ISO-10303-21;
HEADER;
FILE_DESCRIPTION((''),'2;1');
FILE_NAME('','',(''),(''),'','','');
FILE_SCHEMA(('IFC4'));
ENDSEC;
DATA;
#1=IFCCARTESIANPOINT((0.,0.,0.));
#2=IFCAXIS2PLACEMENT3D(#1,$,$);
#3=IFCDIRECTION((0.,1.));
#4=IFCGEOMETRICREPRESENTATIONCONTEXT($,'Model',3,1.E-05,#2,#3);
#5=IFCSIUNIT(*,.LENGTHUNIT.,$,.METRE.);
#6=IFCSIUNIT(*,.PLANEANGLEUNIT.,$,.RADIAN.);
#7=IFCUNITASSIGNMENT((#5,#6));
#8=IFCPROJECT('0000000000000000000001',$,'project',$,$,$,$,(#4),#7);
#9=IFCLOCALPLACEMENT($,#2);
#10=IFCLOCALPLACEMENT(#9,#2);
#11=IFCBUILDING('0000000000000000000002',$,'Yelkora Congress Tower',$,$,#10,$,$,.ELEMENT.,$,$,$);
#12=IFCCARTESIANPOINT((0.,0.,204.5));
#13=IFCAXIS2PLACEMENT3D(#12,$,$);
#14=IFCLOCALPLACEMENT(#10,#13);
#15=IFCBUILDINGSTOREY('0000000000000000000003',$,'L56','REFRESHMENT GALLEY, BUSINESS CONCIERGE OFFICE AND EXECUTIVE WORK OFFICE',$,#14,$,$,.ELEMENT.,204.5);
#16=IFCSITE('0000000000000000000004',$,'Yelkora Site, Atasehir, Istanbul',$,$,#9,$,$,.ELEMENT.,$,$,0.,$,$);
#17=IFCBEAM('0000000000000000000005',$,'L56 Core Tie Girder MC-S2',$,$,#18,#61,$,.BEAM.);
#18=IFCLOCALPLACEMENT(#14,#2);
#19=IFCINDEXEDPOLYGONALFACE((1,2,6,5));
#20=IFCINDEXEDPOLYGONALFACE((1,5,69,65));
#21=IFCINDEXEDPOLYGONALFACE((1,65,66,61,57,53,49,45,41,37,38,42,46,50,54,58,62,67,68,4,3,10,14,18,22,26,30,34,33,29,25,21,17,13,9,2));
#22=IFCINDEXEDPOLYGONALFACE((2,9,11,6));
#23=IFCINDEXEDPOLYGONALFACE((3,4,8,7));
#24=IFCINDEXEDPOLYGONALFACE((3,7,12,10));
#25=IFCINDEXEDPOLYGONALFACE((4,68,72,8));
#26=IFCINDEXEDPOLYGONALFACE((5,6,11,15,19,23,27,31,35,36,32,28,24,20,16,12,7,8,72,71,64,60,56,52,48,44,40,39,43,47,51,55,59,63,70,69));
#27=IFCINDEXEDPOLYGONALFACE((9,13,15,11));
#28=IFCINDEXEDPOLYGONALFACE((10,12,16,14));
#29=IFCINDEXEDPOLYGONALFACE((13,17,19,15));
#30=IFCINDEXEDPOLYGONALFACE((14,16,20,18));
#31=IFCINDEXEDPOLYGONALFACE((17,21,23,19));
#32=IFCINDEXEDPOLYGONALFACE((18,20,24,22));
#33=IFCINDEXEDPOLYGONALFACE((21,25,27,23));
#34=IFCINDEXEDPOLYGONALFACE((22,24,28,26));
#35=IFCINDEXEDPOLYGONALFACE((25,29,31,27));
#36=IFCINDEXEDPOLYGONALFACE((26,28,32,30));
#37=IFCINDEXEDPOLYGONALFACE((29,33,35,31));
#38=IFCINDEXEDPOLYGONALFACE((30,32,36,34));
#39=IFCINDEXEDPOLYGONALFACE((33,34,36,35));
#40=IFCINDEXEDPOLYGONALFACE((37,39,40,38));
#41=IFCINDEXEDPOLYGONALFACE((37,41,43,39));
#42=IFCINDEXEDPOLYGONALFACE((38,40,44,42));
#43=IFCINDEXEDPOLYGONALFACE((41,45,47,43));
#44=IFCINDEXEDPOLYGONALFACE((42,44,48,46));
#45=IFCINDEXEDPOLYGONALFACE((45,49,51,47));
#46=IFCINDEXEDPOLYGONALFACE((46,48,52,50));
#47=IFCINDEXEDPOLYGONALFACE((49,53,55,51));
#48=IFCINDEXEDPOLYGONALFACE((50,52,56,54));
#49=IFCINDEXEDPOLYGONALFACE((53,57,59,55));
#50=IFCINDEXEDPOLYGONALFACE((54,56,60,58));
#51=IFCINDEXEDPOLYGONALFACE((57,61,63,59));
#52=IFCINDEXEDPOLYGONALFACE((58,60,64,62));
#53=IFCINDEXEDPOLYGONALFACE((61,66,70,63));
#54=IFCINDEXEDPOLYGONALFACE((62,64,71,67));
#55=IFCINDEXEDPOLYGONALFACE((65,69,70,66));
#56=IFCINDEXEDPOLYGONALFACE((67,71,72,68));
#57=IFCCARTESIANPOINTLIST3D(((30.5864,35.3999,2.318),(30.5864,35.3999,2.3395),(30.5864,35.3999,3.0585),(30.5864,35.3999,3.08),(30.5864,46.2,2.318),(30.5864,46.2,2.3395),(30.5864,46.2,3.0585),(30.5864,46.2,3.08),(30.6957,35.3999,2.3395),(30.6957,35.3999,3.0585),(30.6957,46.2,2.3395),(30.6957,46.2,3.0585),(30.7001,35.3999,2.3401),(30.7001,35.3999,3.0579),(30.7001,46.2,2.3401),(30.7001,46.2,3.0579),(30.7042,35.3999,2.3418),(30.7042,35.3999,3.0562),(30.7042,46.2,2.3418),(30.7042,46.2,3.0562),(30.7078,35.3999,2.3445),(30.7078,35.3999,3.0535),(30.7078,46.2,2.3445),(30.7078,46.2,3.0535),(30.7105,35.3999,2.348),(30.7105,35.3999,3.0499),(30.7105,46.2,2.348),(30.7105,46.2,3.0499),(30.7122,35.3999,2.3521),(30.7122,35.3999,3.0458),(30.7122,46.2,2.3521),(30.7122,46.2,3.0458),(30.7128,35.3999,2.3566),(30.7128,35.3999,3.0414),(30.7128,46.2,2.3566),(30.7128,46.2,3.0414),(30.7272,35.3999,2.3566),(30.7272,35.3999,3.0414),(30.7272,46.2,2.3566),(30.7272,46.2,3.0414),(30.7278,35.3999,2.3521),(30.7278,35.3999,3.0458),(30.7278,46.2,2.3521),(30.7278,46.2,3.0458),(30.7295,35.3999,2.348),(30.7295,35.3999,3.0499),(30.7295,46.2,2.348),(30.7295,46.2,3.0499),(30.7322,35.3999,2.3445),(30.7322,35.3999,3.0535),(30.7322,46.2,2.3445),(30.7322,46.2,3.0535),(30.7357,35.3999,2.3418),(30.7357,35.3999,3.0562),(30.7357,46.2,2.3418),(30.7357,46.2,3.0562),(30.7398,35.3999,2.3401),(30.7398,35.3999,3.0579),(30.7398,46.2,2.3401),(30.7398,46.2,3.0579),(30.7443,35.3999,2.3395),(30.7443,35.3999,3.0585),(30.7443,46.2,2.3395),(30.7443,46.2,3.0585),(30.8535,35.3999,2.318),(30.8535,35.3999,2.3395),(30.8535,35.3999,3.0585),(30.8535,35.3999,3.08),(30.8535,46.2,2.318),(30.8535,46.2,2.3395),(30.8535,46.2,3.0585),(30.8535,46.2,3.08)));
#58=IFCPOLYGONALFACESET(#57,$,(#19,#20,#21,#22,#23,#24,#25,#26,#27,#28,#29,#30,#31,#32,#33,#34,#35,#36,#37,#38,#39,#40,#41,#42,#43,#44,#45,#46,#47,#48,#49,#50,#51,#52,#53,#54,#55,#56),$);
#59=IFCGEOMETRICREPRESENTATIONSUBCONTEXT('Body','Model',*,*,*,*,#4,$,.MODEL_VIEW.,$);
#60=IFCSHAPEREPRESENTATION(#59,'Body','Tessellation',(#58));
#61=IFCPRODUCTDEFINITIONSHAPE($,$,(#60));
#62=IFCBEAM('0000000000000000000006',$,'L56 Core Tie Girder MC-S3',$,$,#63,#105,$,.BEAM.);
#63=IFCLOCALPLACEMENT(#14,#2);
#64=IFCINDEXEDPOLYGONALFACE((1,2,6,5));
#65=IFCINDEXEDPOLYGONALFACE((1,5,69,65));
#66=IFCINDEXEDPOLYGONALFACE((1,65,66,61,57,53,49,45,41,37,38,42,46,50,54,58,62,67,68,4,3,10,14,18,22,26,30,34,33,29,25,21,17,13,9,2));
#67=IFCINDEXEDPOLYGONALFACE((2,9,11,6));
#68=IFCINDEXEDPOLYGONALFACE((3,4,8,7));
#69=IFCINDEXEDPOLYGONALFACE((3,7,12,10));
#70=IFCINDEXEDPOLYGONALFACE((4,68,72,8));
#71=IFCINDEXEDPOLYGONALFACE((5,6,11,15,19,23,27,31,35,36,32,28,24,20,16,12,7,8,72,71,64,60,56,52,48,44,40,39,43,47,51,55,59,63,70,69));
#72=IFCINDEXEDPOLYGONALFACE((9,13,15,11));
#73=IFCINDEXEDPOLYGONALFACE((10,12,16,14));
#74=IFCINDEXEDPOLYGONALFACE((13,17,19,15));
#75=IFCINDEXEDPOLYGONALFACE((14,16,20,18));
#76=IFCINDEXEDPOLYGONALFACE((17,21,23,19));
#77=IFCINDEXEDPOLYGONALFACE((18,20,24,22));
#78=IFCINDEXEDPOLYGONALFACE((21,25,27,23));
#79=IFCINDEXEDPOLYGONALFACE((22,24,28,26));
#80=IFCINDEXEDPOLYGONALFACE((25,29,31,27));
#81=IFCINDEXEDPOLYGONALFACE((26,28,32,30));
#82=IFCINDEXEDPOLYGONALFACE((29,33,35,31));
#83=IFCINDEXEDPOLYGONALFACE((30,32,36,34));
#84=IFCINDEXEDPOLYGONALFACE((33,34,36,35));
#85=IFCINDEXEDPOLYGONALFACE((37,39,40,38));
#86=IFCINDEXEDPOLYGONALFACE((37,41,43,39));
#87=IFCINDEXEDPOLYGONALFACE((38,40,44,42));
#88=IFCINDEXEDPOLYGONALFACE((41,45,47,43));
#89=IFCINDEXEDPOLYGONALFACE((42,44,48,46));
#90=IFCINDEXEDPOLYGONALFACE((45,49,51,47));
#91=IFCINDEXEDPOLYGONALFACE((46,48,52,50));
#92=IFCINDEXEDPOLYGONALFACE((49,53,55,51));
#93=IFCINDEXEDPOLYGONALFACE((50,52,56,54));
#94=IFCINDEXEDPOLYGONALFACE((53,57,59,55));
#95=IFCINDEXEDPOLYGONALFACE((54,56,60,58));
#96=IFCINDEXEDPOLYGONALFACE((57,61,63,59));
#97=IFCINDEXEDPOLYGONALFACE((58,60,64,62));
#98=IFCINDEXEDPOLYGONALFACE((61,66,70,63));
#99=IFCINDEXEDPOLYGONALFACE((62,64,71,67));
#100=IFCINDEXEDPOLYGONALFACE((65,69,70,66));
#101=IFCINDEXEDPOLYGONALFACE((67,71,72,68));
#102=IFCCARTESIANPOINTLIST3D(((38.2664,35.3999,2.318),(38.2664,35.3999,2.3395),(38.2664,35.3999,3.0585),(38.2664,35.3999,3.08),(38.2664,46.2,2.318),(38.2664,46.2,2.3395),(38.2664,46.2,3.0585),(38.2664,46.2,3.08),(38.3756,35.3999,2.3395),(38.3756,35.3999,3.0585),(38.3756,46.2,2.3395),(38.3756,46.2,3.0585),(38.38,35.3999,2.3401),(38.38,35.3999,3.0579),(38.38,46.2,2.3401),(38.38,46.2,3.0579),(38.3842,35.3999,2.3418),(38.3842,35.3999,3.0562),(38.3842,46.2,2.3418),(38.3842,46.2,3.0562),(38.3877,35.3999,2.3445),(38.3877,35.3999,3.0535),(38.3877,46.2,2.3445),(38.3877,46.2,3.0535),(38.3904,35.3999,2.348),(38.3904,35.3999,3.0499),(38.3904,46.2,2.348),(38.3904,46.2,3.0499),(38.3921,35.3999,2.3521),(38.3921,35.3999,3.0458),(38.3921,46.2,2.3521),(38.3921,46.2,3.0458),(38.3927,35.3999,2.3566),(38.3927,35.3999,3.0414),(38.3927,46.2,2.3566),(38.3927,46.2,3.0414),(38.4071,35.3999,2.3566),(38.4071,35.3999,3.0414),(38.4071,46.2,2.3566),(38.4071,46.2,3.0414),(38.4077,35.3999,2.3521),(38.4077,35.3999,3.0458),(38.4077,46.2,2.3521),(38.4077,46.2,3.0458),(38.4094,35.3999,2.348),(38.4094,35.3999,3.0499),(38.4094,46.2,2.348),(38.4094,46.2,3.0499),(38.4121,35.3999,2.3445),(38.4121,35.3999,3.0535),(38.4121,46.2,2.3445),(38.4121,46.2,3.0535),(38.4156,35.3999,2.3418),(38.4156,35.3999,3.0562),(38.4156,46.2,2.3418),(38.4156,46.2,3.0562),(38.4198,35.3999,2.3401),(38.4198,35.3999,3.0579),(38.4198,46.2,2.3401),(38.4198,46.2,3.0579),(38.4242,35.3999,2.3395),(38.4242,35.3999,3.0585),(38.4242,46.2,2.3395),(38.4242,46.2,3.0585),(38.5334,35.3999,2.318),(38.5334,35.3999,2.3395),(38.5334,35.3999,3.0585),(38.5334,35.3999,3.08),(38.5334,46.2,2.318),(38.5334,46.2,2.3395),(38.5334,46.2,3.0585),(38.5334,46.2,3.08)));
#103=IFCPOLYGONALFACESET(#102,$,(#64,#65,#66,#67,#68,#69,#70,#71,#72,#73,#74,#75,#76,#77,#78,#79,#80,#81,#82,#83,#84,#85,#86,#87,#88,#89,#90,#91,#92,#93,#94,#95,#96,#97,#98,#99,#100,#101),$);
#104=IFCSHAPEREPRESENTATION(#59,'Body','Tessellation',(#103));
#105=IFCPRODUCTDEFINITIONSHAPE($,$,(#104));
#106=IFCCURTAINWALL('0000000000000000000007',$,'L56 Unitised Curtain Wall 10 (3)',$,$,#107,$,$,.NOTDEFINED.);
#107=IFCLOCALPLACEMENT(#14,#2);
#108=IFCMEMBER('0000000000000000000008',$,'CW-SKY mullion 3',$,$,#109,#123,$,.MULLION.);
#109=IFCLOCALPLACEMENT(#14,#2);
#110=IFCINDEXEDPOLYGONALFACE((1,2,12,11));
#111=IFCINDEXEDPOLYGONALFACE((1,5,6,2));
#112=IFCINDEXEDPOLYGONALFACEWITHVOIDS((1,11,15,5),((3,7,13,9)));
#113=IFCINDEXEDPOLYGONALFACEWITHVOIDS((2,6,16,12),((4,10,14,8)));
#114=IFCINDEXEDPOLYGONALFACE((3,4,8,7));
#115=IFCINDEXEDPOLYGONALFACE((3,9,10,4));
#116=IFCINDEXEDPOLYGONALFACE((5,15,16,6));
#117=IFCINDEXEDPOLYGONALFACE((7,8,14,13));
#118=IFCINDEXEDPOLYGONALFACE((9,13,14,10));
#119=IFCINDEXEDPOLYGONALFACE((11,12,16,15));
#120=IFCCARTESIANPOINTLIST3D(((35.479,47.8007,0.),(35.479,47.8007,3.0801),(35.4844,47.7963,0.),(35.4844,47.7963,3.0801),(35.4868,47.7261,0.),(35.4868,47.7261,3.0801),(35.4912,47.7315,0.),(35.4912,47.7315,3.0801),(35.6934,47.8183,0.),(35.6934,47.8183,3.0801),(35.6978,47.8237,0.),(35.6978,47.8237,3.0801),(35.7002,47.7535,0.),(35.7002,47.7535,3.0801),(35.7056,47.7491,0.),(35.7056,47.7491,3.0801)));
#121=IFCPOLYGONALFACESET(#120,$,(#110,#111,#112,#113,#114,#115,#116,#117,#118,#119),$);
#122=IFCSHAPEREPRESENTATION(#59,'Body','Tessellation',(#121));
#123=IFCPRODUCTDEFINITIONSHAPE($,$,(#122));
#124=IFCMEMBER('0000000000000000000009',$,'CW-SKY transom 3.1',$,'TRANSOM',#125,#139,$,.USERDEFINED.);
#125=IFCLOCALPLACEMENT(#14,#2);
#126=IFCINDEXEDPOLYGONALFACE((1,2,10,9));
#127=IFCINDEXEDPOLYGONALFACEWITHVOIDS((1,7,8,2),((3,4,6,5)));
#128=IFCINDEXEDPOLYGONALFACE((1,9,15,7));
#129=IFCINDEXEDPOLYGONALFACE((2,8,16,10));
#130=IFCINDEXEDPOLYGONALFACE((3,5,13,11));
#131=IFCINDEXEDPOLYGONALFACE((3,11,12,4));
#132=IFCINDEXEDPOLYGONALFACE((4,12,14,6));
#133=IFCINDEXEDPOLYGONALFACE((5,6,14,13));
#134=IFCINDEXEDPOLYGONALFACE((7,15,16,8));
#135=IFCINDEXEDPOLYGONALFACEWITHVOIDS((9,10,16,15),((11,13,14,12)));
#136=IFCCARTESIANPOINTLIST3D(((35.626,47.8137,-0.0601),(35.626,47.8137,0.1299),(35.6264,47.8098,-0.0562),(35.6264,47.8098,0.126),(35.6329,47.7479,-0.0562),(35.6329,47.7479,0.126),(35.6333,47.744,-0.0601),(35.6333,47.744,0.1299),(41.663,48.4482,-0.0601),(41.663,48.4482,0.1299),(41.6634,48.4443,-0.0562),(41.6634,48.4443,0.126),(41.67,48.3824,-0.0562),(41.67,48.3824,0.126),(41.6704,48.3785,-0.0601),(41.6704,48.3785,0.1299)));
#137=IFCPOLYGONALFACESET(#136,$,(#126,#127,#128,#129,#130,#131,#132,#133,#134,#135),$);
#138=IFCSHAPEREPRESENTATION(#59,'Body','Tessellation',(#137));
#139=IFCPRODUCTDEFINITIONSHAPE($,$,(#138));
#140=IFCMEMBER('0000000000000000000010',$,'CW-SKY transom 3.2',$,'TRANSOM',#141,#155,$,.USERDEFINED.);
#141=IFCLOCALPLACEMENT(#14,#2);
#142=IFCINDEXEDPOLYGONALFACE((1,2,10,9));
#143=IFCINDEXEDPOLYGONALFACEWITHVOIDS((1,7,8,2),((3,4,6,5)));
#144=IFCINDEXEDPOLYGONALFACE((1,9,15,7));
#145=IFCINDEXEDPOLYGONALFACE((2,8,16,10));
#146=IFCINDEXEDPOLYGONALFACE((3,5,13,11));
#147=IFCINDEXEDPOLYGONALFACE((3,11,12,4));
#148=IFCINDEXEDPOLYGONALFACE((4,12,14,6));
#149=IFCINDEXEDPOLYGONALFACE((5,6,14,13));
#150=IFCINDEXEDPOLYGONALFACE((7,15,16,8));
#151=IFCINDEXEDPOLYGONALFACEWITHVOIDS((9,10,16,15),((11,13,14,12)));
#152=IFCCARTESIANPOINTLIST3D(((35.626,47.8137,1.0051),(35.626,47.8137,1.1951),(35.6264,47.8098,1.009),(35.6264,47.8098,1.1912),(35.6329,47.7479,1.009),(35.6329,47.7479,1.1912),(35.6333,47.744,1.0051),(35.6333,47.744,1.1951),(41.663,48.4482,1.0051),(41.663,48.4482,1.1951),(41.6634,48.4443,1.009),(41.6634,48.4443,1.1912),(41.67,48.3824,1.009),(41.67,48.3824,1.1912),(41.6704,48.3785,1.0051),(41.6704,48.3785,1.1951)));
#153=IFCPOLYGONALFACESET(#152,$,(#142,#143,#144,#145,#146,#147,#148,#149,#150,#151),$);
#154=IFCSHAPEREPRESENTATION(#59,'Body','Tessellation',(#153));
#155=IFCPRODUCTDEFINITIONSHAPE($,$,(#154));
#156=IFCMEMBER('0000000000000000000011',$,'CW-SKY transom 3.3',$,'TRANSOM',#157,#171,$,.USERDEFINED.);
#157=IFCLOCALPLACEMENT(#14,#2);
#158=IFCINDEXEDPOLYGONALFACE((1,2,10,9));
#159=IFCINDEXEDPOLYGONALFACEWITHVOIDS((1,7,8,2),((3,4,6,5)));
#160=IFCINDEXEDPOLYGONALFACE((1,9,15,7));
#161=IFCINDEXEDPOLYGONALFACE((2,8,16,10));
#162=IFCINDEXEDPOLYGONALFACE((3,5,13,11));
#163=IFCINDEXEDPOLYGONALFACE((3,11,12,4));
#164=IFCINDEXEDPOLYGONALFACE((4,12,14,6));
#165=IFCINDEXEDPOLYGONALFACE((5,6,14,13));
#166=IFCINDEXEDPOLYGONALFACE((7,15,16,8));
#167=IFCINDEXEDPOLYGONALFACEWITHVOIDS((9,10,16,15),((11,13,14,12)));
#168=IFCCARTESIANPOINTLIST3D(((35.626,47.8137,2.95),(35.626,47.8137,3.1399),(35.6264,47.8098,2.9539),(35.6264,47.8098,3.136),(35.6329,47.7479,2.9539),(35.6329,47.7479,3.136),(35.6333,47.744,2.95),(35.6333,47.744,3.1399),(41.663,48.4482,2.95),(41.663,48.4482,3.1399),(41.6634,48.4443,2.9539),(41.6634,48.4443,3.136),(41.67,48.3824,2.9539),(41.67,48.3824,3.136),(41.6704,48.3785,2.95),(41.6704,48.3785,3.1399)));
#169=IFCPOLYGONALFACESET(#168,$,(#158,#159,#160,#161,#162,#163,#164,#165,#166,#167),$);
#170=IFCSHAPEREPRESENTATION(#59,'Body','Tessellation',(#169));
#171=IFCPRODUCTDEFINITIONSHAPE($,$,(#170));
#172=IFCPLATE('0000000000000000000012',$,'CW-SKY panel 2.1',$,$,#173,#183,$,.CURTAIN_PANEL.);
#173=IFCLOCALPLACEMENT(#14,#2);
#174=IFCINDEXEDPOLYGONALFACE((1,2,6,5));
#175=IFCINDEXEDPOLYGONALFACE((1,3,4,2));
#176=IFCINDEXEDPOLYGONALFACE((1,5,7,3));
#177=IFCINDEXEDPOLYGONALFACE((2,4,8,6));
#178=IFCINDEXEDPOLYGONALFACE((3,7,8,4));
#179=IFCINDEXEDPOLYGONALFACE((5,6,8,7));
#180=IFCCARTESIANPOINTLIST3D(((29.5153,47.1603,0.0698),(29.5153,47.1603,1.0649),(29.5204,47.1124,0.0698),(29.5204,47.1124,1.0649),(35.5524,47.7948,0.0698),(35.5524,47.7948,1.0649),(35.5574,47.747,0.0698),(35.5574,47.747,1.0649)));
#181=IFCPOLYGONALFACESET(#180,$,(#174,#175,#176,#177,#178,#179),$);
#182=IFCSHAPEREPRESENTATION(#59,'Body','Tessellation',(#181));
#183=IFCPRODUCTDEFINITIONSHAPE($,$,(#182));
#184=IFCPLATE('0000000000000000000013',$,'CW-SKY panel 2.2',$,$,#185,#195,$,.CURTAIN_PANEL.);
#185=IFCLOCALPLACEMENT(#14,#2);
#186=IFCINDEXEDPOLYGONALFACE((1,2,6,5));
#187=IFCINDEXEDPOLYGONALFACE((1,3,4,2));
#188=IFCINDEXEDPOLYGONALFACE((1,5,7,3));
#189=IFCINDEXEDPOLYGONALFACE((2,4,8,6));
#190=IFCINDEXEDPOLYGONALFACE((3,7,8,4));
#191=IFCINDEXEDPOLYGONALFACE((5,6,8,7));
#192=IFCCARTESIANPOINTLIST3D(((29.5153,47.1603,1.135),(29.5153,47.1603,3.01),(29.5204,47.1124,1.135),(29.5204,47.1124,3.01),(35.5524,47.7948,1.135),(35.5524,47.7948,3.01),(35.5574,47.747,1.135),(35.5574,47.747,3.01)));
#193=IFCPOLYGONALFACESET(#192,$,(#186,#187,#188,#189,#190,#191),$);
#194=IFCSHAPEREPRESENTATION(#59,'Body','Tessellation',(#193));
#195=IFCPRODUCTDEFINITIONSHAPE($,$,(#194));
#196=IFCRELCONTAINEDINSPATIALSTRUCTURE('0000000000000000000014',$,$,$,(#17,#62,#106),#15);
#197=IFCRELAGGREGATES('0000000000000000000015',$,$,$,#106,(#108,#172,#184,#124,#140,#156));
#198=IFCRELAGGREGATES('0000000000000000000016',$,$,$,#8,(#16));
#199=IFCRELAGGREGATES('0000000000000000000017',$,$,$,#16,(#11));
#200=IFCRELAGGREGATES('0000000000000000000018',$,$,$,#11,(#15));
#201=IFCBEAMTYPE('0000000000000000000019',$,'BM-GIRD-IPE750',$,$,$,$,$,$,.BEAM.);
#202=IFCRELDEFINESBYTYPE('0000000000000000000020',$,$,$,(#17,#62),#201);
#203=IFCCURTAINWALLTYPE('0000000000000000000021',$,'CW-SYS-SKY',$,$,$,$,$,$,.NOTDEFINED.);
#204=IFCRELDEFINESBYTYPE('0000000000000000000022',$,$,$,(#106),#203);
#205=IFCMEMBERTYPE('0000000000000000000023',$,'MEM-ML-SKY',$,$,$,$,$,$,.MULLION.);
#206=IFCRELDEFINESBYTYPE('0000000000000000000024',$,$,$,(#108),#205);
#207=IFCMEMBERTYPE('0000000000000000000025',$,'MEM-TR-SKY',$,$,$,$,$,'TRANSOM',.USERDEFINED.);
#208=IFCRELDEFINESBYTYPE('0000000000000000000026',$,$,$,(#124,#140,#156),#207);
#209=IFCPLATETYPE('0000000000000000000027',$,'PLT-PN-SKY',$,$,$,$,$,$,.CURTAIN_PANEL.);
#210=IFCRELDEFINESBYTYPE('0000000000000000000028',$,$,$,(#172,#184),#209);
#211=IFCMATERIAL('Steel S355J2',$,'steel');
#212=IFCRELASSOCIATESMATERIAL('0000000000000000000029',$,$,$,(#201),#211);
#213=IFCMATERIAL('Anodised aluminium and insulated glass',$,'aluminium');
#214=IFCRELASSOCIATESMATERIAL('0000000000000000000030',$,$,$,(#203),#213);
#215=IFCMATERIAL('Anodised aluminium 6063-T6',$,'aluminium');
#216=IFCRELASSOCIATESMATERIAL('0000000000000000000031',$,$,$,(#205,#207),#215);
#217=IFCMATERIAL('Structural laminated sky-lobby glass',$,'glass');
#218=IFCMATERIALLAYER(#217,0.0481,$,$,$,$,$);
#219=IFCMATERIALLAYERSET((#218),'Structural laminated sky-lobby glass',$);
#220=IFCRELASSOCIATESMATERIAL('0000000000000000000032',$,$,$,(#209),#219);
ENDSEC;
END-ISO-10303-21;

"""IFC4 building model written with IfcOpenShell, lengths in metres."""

from ifc_helpers import new_model, si_unit, direction, frame, origin, origin_2d, place, context, subcontext, project, spatial, rectangle, hollow_rectangle, i_section, extrude, material, layer, layer_set, material_profile, profile_set, type_object, element, aggregate, save


model = new_model("IFC4")

# Units and contexts
model_context = context("Model", 3, precision=1e-05, world=origin(), true_north=direction((0.0, 1.0)))
body_context = subcontext(model_context, "Body", "Model", "MODEL_VIEW")
ifc_project = project(units=[si_unit("LENGTHUNIT", "METRE"), si_unit("PLANEANGLEUNIT", "RADIAN")], contexts=[model_context])

# Site, building, storey
site_placement = place(None, origin())
site = spatial("IfcSite", under=ifc_project, at=site_placement, Name="Yelkora Site, Atasehir, Istanbul", CompositionType="ELEMENT", RefElevation=0.0)
building_placement = place(site_placement, origin())
building = spatial("IfcBuilding", under=site, at=building_placement, Name="Yelkora Congress Tower", CompositionType="ELEMENT")
storey_placement = place(building_placement, frame((0.0, 0.0, 204.5)))
storey = spatial("IfcBuildingStorey", under=building, at=storey_placement, Name="L56", Description="REFRESHMENT GALLEY, BUSINESS CONCIERGE OFFICE AND EXECUTIVE WORK OFFICE", CompositionType="ELEMENT", Elevation=204.5)

# Beams
ifc_material_1 = material(Name="Steel S355J2", Category="steel")
ifc_material_profile_1 = material_profile(ifc_material_1, i_section(OverallWidth=0.2671, OverallDepth=0.762, WebThickness=0.0144, FlangeThickness=0.0215, FilletRadius=0.0171, at=origin_2d()), Name="IPE 750x173")
ifc_profile_set_1 = profile_set([ifc_material_profile_1], Name="Steel S355J2")
beam_type = type_object("IfcBeamType", Name="BM-GIRD-IPE750", PredefinedType="BEAM", material=ifc_profile_set_1)
for number, where, z_axis, x_axis, name in (
    (1, (30.72, 35.3999, 2.699), (0.0, 1.0, 0.0), (-1.0, 0.0, 0.0), "L56 Core Tie Girder MC-S2"),
    (2, (38.3999, 35.3999, 2.699), (0.0, 1.0, 0.0), (-1.0, 0.0, 0.0), "L56 Core Tie Girder MC-S3"),
):
    element("IfcBeam", number, at=place(storey_placement, frame(where, z_axis=z_axis, x_axis=x_axis)), inside=storey, type_object=beam_type, Name=name, PredefinedType="BEAM", context=body_context, shape_type="SweptSolid", body=[
        extrude(i_section(OverallWidth=0.2671, OverallDepth=0.762, WebThickness=0.0144, FlangeThickness=0.0215, FilletRadius=0.0171, at=origin_2d()), origin(), (0.0, 0.0, 1.0), 10.8),
    ])

# Curtain wall, members, plates
ifc_material_2 = material(Name="Anodised aluminium and insulated glass", Category="aluminium")
curtain_wall_type = type_object("IfcCurtainWallType", Name="CW-SYS-SKY", PredefinedType="NOTDEFINED", material=ifc_material_2)
curtain_wall_placement = place(storey_placement, origin())
curtain_wall = element("IfcCurtainWall", 3, at=curtain_wall_placement, inside=storey, type_object=curtain_wall_type, Name="L56 Unitised Curtain Wall 10 (3)", PredefinedType="NOTDEFINED")
ifc_material_3 = material(Name="Anodised aluminium 6063-T6", Category="aluminium")
ifc_material_profile_2 = material_profile(ifc_material_3, hollow_rectangle(XDim=0.075, YDim=0.22, WallThickness=0.0049, at=origin_2d()), Name="ALU 75x220x5")
ifc_profile_set_2 = profile_set([ifc_material_profile_2], Name="Anodised aluminium 6063-T6")
member_type_1 = type_object("IfcMemberType", Name="MEM-ML-SKY", PredefinedType="MULLION", material=ifc_profile_set_2)
member_1_placement = place(storey_placement, frame((35.5923, 47.7749, 0.0), z_axis=(0.0, 0.0, 1.0), x_axis=(-0.104528, 0.994522, 0.0)))
member_1 = element("IfcMember", 4, at=member_1_placement, type_object=member_type_1, Name="CW-SKY mullion 3", PredefinedType="MULLION", context=body_context, shape_type="SweptSolid", body=[
    extrude(hollow_rectangle(XDim=0.075, YDim=0.22, WallThickness=0.0049, at=origin_2d()), origin(), (0.0, 0.0, 1.0), 3.0801),
])
ifc_material_profile_3 = material_profile(ifc_material_3, hollow_rectangle(XDim=0.0701, YDim=0.1899, WallThickness=0.0039, at=origin_2d()), Name="ALU 70x190x4")
ifc_profile_set_3 = profile_set([ifc_material_profile_3], Name="Anodised aluminium 6063-T6")
member_type_2 = type_object("IfcMemberType", Name="MEM-TR-SKY", ElementType="TRANSOM", PredefinedType="USERDEFINED", material=ifc_profile_set_3)
member_2_placement = place(storey_placement, frame((35.6296, 47.7788, 0.0349), z_axis=(0.994522, 0.104528, 0.0), x_axis=(-0.104528, 0.994522, 0.0)))
member_2 = element("IfcMember", 5, at=member_2_placement, type_object=member_type_2, Name="CW-SKY transom 3.1", ObjectType="TRANSOM", PredefinedType="USERDEFINED", context=body_context, shape_type="SweptSolid", body=[
    extrude(hollow_rectangle(XDim=0.0701, YDim=0.1899, WallThickness=0.0039, at=origin_2d()), origin(), (0.0, 0.0, 1.0), 6.0703),
])
member_3_placement = place(storey_placement, frame((35.6296, 47.7788, 1.1001), z_axis=(0.994522, 0.104528, 0.0), x_axis=(-0.104528, 0.994522, 0.0)))
member_3 = element("IfcMember", 6, at=member_3_placement, type_object=member_type_2, Name="CW-SKY transom 3.2", ObjectType="TRANSOM", PredefinedType="USERDEFINED", context=body_context, shape_type="SweptSolid", body=[
    extrude(hollow_rectangle(XDim=0.0701, YDim=0.1899, WallThickness=0.0039, at=origin_2d()), origin(), (0.0, 0.0, 1.0), 6.0703),
])
member_4_placement = place(storey_placement, frame((35.6296, 47.7788, 3.0449), z_axis=(0.994522, 0.104528, 0.0), x_axis=(-0.104528, 0.994522, 0.0)))
member_4 = element("IfcMember", 7, at=member_4_placement, type_object=member_type_2, Name="CW-SKY transom 3.3", ObjectType="TRANSOM", PredefinedType="USERDEFINED", context=body_context, shape_type="SweptSolid", body=[
    extrude(hollow_rectangle(XDim=0.0701, YDim=0.1899, WallThickness=0.0039, at=origin_2d()), origin(), (0.0, 0.0, 1.0), 6.0703),
])
ifc_material_4 = material(Name="Structural laminated sky-lobby glass", Category="glass")
ifc_layer_1 = layer(ifc_material_4, 0.0481)
ifc_layer_set_1 = layer_set([ifc_layer_1], Name="Structural laminated sky-lobby glass")
plate_type = type_object("IfcPlateType", Name="PLT-PN-SKY", PredefinedType="CURTAIN_PANEL", material=ifc_layer_set_1)
plate_1_placement = place(storey_placement, frame((32.5364, 47.4536, 0.0698), z_axis=(0.0, 0.0, 1.0), x_axis=(0.994522, 0.104528, 0.0)))
plate_1 = element("IfcPlate", 8, at=plate_1_placement, type_object=plate_type, Name="CW-SKY panel 2.1", PredefinedType="CURTAIN_PANEL", context=body_context, shape_type="SweptSolid", body=[
    extrude(rectangle(XDim=6.0703, YDim=0.0481, at=origin_2d()), origin(), (0.0, 0.0, 1.0), 0.9951),
])
plate_2_placement = place(storey_placement, frame((32.5364, 47.4536, 1.135), z_axis=(0.0, 0.0, 1.0), x_axis=(0.994522, 0.104528, 0.0)))
plate_2 = element("IfcPlate", 9, at=plate_2_placement, type_object=plate_type, Name="CW-SKY panel 2.2", PredefinedType="CURTAIN_PANEL", context=body_context, shape_type="SweptSolid", body=[
    extrude(rectangle(XDim=6.0703, YDim=0.0481, at=origin_2d()), origin(), (0.0, 0.0, 1.0), 1.875),
])
aggregate(curtain_wall, [member_1, plate_1, plate_2, member_2, member_3, member_4])

save(model, "model.ifc")
